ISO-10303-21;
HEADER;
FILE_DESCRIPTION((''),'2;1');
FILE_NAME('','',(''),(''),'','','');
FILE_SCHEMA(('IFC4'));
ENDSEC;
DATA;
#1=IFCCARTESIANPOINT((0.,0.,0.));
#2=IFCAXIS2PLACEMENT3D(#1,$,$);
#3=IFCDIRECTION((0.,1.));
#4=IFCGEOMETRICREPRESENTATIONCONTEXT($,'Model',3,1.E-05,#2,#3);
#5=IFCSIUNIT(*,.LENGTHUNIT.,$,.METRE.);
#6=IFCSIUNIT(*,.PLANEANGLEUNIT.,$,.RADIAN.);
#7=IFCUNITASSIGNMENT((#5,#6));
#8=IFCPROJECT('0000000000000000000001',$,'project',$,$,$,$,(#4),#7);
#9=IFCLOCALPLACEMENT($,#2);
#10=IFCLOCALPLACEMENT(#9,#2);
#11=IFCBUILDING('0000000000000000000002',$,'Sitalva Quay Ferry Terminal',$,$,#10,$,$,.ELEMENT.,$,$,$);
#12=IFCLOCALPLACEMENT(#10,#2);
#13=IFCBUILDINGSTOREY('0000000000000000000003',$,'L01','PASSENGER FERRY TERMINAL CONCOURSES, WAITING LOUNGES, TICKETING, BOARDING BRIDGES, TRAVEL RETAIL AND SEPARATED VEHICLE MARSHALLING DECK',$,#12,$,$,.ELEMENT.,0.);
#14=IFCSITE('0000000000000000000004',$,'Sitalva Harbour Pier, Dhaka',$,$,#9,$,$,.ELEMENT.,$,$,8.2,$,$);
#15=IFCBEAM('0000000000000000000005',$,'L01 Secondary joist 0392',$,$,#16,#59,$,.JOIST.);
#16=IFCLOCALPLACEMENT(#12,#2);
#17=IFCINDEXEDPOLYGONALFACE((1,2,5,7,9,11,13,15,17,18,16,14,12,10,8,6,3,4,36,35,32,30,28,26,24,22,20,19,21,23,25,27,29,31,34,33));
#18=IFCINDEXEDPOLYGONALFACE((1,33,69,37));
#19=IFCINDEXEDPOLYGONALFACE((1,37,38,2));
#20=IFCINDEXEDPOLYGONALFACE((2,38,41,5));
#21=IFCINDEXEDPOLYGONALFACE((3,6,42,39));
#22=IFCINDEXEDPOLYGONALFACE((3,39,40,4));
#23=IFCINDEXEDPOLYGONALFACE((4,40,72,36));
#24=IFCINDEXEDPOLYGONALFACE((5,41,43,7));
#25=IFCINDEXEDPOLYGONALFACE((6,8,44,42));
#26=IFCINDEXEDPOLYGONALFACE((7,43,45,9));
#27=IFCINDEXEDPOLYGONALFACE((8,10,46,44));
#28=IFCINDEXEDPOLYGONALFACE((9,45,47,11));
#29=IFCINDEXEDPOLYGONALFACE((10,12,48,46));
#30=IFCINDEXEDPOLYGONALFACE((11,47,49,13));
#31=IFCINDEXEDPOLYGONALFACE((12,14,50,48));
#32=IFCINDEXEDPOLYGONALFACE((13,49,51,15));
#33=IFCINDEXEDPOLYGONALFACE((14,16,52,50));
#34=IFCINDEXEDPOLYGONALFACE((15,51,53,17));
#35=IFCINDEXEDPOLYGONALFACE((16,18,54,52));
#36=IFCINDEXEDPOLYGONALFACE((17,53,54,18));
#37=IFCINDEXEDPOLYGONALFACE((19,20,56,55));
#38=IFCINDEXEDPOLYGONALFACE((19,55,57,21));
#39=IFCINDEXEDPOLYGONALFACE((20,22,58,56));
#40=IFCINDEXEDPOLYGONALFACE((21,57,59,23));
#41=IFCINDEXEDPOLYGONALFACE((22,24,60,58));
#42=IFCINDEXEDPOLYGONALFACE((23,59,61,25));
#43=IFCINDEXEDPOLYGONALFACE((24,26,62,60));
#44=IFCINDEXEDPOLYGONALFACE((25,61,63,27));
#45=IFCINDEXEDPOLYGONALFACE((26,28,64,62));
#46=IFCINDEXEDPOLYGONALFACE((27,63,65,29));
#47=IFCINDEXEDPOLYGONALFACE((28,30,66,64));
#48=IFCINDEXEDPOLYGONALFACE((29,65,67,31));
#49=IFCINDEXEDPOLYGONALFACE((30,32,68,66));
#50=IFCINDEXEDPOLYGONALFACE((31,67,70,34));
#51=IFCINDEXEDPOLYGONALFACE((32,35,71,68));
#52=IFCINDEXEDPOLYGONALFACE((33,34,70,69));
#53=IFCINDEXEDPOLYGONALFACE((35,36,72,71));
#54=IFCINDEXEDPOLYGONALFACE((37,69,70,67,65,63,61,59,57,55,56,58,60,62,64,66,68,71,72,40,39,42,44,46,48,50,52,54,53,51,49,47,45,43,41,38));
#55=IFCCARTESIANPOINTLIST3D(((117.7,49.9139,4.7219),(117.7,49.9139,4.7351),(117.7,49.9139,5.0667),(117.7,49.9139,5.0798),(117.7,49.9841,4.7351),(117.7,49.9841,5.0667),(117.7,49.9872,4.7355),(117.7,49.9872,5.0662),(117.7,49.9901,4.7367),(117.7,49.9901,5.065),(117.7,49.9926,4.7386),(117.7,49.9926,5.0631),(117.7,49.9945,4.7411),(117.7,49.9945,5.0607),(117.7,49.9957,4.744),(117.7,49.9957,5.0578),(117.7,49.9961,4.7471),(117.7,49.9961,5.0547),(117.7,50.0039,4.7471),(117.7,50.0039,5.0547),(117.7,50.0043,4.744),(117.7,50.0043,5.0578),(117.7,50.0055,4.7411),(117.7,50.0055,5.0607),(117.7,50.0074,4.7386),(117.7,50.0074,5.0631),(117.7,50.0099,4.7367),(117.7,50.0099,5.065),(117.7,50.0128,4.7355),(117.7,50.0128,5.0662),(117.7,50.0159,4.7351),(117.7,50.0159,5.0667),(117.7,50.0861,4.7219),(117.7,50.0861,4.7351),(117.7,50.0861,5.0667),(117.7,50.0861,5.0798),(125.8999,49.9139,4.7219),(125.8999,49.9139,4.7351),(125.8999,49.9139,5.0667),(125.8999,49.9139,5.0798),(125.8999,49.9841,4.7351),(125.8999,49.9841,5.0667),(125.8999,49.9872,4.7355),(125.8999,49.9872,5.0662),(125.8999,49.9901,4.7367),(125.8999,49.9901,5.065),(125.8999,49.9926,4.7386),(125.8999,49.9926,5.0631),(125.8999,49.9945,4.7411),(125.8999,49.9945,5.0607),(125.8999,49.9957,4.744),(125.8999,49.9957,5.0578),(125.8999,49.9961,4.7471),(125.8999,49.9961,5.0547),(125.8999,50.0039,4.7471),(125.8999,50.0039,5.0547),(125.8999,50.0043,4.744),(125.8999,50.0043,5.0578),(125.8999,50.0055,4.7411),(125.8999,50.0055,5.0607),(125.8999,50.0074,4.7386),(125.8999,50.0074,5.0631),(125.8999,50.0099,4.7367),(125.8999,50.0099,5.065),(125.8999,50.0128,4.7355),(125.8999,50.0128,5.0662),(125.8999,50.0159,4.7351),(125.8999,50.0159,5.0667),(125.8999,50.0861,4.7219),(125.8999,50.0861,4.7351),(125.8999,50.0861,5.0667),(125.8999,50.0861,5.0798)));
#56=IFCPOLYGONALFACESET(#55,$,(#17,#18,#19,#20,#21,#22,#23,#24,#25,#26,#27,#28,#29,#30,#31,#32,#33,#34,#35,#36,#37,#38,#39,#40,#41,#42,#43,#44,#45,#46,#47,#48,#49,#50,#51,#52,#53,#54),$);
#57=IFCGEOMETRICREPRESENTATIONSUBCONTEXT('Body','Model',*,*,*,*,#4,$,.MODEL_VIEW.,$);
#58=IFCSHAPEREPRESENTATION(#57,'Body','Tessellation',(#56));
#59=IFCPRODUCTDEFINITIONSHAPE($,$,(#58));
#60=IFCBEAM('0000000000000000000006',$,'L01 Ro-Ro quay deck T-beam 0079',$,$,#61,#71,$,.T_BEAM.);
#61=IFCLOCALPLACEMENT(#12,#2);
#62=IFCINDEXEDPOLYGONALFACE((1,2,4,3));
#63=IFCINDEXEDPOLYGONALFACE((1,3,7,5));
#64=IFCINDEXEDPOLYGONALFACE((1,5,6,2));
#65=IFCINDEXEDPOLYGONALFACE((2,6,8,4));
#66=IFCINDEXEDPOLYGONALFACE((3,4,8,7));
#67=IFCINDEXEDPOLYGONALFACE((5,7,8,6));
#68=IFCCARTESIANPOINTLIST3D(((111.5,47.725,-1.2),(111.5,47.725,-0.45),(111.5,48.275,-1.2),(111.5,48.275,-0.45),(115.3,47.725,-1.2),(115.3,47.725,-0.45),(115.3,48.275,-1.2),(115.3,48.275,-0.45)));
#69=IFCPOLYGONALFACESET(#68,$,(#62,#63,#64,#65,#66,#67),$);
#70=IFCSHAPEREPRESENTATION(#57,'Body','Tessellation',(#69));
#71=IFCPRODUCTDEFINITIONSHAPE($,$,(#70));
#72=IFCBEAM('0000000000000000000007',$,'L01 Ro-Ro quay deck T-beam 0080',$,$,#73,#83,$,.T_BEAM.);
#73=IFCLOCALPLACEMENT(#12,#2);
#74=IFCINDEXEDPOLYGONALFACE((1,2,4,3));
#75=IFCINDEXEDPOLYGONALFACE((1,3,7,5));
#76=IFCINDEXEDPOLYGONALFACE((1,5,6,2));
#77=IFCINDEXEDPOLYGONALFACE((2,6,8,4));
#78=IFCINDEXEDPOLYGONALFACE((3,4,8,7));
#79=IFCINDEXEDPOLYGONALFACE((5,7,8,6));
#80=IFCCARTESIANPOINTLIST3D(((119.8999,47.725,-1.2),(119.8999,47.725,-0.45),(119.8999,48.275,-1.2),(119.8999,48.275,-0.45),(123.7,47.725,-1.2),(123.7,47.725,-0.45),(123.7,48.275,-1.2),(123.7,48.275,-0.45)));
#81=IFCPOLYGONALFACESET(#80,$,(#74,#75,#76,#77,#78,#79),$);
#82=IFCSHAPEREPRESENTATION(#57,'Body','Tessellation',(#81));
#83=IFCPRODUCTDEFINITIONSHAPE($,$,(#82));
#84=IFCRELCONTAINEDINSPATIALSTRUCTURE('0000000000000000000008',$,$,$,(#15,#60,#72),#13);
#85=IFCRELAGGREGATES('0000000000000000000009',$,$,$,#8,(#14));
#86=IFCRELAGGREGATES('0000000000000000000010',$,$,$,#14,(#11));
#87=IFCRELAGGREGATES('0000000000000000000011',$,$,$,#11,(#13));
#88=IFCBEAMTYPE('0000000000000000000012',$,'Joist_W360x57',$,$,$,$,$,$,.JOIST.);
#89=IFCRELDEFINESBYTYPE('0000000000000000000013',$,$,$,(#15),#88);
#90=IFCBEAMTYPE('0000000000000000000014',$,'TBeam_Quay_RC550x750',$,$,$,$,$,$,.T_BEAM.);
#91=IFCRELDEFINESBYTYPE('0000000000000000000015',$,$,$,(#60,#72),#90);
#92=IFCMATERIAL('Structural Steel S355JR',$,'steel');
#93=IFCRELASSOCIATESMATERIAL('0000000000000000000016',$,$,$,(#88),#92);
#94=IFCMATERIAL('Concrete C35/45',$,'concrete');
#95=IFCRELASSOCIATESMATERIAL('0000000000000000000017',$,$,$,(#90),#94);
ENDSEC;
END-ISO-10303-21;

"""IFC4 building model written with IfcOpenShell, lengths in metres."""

from ifc_helpers import new_model, si_unit, direction, frame, origin, origin_2d, place, context, subcontext, project, spatial, rectangle, i_section, extrude, material, material_profile, profile_set, type_object, element, save


model = new_model("IFC4")

# Units and contexts
model_context = context("Model", 3, precision=1e-05, world=origin(), true_north=direction((0.0, 1.0)))
body_context = subcontext(model_context, "Body", "Model", "MODEL_VIEW")
ifc_project = project(units=[si_unit("LENGTHUNIT", "METRE"), si_unit("PLANEANGLEUNIT", "RADIAN")], contexts=[model_context])

# Site, building, storey
site_placement = place(None, origin())
site = spatial("IfcSite", under=ifc_project, at=site_placement, Name="Sitalva Harbour Pier, Dhaka", CompositionType="ELEMENT", RefElevation=8.2)
building_placement = place(site_placement, origin())
building = spatial("IfcBuilding", under=site, at=building_placement, Name="Sitalva Quay Ferry Terminal", CompositionType="ELEMENT")
storey_placement = place(building_placement, origin())
storey = spatial("IfcBuildingStorey", under=building, at=storey_placement, Name="L01", Description="PASSENGER FERRY TERMINAL CONCOURSES, WAITING LOUNGES, TICKETING, BOARDING BRIDGES, TRAVEL RETAIL AND SEPARATED VEHICLE MARSHALLING DECK", CompositionType="ELEMENT", Elevation=0.0)

# Beams
ifc_material_1 = material(Name="Structural Steel S355JR", Category="steel")
ifc_material_profile_1 = material_profile(ifc_material_1, i_section(OverallWidth=0.1721, OverallDepth=0.3579, WebThickness=0.0078, FlangeThickness=0.0132, FilletRadius=0.012, at=origin_2d()), Name="W360x57")
ifc_profile_set_1 = profile_set([ifc_material_profile_1], Name="Structural Steel S355JR")
beam_type_1 = type_object("IfcBeamType", Name="Joist_W360x57", PredefinedType="JOIST", material=ifc_profile_set_1)
for number, where, z_axis, x_axis, name in (
    (1, (117.7, 50.0, 4.9009), (1.0, 0.0, 0.0), (0.0, 1.0, 0.0), "L01 Secondary joist 0392"),
):
    element("IfcBeam", number, at=place(storey_placement, frame(where, z_axis=z_axis, x_axis=x_axis)), inside=storey, type_object=beam_type_1, Name=name, PredefinedType="JOIST", context=body_context, shape_type="SweptSolid", body=[
        extrude(i_section(OverallWidth=0.1721, OverallDepth=0.3579, WebThickness=0.0078, FlangeThickness=0.0132, FilletRadius=0.012, at=origin_2d()), origin(), (0.0, 0.0, 1.0), 8.2),
    ])
ifc_material_2 = material(Name="Concrete C35/45", Category="concrete")
ifc_material_profile_2 = material_profile(ifc_material_2, rectangle(XDim=0.55, YDim=0.75, at=origin_2d()), Name="RC550x750")
ifc_profile_set_2 = profile_set([ifc_material_profile_2], Name="Concrete C35/45")
beam_type_2 = type_object("IfcBeamType", Name="TBeam_Quay_RC550x750", PredefinedType="T_BEAM", material=ifc_profile_set_2)
for number, where, z_axis, x_axis, name in (
    (2, (111.5, 48.0, -0.825), (1.0, 0.0, 0.0), (0.0, 1.0, 0.0), "L01 Ro-Ro quay deck T-beam 0079"),
    (3, (119.8999, 48.0, -0.825), (1.0, 0.0, 0.0), (0.0, 1.0, 0.0), "L01 Ro-Ro quay deck T-beam 0080"),
):
    element("IfcBeam", number, at=place(storey_placement, frame(where, z_axis=z_axis, x_axis=x_axis)), inside=storey, type_object=beam_type_2, Name=name, PredefinedType="T_BEAM", context=body_context, shape_type="SweptSolid", body=[
        extrude(rectangle(XDim=0.55, YDim=0.75, at=origin_2d()), origin(), (0.0, 0.0, 1.0), 3.8),
    ])

save(model, "model.ifc")
